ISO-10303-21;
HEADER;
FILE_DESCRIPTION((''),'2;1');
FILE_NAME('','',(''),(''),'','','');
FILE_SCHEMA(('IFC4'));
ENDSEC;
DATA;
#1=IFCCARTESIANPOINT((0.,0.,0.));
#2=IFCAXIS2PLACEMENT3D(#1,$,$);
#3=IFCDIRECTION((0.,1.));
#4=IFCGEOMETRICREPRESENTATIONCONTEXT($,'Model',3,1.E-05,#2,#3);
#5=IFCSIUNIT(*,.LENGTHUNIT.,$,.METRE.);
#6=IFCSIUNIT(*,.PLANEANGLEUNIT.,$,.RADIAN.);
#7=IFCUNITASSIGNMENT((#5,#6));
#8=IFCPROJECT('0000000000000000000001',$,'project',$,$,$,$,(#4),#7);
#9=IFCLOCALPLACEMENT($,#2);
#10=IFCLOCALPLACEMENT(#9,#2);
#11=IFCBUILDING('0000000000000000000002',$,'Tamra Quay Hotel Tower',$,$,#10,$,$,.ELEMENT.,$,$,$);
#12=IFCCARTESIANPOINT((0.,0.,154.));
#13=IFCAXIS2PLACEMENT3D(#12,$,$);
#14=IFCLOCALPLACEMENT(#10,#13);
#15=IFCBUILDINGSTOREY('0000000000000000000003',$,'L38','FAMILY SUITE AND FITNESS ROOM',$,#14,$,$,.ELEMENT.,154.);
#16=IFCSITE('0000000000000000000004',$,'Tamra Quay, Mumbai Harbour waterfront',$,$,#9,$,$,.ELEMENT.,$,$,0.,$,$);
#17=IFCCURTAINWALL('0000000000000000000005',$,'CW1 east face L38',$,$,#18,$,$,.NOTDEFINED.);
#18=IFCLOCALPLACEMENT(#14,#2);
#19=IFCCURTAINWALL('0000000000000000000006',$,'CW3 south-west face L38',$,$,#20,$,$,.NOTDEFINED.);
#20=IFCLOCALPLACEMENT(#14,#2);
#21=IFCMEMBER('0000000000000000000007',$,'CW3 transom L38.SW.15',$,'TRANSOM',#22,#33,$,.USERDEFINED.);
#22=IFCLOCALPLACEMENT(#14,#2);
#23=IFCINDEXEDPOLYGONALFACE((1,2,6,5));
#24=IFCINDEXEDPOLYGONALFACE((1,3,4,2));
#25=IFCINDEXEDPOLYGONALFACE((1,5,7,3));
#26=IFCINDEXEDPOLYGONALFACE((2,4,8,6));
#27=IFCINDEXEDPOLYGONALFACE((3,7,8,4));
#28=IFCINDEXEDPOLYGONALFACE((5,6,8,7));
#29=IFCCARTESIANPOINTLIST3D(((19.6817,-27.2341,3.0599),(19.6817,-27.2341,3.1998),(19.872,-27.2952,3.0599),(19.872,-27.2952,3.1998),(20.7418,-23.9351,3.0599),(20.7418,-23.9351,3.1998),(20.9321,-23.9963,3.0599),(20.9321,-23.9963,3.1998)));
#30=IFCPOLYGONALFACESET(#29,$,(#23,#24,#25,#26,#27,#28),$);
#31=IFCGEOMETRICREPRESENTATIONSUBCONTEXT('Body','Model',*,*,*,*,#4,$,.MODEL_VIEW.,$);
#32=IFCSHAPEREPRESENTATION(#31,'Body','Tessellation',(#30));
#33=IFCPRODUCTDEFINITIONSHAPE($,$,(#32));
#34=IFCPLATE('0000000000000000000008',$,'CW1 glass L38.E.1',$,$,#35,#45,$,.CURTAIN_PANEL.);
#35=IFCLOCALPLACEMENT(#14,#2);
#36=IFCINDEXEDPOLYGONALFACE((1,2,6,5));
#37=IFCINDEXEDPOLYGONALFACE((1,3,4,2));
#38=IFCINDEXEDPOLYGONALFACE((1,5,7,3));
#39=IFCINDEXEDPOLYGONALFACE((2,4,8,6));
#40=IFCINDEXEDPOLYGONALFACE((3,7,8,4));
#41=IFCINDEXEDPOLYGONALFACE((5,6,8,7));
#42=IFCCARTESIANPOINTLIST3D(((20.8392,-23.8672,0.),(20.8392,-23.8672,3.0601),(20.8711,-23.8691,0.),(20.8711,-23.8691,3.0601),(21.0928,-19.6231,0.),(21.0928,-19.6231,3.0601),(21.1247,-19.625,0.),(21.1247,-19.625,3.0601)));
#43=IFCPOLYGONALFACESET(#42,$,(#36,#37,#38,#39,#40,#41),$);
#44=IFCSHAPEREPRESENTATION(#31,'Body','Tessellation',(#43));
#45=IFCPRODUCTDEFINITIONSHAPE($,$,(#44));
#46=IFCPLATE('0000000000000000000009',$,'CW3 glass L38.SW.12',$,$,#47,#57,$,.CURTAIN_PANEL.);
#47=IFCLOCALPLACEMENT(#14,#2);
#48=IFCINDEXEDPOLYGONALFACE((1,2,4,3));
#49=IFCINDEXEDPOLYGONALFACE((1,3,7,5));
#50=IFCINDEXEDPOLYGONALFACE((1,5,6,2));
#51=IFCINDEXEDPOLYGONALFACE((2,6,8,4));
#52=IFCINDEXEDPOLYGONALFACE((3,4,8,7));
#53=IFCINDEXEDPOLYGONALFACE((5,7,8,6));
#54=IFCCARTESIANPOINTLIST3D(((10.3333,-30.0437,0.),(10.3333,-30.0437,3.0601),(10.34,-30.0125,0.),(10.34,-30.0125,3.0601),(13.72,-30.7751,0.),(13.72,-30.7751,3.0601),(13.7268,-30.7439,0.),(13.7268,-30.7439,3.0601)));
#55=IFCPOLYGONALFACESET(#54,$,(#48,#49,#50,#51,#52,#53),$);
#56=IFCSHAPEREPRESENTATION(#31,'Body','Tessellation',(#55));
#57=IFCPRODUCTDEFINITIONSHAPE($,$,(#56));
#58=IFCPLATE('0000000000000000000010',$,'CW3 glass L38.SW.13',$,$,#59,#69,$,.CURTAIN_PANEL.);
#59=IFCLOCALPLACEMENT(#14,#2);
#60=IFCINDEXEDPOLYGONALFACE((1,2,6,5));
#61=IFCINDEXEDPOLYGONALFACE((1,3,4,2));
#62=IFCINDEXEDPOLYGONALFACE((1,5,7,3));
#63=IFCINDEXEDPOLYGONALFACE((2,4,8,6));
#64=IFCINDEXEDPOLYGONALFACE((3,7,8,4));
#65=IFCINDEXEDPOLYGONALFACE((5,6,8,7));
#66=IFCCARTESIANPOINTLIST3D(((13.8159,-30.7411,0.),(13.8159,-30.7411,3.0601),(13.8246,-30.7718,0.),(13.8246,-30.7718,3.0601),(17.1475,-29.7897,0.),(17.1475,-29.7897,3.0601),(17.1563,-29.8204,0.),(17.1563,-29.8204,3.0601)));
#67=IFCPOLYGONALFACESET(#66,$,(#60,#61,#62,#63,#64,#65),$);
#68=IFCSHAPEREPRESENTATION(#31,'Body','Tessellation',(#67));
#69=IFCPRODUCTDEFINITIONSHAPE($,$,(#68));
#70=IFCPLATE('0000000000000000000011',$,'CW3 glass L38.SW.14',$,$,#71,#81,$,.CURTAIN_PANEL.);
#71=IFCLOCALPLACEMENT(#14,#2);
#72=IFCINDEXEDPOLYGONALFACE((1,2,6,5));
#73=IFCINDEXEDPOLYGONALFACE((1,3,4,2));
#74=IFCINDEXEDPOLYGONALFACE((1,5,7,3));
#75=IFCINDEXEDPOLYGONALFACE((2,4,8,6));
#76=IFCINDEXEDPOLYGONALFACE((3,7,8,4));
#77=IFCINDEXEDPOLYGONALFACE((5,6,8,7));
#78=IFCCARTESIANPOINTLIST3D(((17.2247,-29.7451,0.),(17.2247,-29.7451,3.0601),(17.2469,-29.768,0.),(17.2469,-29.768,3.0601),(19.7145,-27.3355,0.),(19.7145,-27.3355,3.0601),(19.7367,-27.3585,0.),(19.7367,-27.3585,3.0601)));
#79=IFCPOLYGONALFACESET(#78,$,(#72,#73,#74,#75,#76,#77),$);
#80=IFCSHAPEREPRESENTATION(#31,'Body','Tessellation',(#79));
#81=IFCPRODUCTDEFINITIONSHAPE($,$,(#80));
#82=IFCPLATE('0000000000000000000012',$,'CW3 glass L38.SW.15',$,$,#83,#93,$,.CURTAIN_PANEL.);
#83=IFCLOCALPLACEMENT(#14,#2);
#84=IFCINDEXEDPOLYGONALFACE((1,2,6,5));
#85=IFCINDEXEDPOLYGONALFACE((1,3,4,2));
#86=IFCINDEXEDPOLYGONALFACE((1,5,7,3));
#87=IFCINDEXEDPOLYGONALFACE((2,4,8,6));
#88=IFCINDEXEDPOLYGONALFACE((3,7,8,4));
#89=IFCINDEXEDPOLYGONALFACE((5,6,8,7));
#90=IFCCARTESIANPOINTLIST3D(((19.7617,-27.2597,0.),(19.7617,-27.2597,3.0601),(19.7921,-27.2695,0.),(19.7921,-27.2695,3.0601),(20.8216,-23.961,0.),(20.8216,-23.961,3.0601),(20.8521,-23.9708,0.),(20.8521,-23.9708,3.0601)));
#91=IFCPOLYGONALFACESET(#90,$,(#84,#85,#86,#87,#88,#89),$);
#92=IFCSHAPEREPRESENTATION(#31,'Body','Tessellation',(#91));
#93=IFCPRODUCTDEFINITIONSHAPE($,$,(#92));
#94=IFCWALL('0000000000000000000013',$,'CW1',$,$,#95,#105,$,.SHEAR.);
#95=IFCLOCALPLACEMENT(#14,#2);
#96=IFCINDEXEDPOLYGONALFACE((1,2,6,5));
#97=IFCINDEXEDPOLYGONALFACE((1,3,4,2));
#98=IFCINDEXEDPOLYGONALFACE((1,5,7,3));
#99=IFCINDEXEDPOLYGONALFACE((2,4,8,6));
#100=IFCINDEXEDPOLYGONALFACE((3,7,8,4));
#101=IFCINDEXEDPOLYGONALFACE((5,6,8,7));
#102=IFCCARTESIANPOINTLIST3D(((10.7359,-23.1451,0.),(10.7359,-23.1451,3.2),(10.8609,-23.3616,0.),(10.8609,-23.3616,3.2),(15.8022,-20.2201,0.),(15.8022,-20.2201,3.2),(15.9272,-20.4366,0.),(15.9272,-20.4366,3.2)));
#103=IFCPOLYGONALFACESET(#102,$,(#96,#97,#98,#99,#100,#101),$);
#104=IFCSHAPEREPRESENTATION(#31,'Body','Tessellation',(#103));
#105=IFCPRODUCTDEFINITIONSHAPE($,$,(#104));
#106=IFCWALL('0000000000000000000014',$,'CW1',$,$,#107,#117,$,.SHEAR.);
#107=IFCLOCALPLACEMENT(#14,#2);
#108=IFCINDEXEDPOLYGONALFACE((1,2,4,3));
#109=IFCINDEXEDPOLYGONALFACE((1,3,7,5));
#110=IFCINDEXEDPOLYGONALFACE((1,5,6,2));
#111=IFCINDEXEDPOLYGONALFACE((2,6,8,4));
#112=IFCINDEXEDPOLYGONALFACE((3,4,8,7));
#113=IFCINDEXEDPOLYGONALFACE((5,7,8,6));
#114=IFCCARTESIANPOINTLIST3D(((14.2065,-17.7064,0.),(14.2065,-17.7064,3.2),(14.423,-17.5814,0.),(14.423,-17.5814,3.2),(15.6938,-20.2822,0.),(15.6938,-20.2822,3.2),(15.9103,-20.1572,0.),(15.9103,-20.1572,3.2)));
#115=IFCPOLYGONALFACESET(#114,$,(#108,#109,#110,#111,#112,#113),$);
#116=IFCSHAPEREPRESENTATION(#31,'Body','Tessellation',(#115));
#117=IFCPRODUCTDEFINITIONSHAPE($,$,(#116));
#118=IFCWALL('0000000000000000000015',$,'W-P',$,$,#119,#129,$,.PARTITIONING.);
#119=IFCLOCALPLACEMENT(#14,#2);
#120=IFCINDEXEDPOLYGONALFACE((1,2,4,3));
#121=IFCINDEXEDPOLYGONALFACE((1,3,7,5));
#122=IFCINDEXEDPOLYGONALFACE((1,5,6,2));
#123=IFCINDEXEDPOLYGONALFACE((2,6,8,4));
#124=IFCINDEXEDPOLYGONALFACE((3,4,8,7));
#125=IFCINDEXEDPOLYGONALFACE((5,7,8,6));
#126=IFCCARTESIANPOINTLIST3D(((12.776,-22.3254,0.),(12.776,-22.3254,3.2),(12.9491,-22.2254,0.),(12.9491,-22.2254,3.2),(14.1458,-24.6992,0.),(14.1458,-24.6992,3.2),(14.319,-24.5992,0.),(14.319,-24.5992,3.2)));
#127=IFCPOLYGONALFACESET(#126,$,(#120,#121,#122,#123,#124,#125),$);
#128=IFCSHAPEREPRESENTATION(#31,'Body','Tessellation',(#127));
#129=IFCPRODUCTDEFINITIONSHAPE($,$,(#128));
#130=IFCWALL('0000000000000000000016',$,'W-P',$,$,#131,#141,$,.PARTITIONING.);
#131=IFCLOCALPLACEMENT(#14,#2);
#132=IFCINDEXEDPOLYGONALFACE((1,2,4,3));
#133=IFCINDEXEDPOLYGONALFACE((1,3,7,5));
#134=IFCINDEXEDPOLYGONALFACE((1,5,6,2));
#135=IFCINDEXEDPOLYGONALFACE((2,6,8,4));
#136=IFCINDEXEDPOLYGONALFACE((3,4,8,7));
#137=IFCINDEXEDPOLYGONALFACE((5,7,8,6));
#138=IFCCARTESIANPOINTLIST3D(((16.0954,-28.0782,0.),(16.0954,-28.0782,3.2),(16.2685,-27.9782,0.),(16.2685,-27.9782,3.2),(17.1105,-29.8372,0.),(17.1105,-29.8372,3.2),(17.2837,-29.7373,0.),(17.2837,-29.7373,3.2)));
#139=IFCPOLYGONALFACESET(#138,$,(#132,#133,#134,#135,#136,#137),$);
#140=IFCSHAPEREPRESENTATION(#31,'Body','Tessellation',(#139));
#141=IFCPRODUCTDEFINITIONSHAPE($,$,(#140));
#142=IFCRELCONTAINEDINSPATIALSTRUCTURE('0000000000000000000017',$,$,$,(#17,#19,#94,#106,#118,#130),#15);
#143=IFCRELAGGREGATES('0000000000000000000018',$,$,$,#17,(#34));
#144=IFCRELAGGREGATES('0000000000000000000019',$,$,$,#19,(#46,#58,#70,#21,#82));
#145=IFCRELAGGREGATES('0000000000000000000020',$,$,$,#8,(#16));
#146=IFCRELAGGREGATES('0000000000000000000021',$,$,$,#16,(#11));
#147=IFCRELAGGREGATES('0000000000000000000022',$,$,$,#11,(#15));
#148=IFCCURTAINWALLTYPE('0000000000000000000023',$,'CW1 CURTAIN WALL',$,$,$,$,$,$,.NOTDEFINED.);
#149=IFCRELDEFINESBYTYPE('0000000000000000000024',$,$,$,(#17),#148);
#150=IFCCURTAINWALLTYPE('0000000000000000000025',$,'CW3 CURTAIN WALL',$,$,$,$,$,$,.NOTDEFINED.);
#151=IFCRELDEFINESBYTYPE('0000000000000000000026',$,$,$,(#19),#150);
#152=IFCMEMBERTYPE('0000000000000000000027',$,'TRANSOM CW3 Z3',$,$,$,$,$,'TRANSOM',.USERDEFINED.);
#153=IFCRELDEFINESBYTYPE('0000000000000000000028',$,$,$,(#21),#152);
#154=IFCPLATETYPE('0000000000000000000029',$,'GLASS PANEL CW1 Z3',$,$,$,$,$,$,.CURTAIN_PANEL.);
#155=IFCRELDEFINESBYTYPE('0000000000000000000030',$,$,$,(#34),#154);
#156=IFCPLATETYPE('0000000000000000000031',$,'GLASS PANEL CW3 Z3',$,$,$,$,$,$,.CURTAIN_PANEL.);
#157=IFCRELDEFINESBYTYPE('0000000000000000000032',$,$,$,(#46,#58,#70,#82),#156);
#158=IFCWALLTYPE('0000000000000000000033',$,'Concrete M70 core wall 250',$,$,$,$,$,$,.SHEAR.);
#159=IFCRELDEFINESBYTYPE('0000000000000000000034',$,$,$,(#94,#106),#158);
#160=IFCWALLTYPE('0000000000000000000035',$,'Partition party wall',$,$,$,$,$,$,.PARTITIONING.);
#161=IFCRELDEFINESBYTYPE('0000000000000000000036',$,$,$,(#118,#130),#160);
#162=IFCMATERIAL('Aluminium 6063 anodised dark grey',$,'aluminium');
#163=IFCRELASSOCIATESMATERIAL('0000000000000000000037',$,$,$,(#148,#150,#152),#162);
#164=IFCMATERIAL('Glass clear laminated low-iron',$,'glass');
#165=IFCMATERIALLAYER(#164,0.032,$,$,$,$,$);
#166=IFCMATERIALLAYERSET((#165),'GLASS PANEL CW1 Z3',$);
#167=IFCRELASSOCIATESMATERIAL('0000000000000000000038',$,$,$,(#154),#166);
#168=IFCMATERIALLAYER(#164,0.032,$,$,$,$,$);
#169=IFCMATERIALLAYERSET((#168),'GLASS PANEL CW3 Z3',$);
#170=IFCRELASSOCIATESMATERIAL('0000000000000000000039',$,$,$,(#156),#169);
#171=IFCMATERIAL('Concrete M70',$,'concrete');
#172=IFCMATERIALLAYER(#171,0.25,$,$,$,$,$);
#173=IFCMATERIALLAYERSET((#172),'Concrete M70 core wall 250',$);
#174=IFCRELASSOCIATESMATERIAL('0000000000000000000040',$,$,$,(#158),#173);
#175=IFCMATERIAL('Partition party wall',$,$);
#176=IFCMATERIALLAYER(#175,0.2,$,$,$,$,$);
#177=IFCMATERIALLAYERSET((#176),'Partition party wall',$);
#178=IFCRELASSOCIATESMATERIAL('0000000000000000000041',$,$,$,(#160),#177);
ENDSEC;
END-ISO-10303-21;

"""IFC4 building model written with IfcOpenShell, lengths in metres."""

from ifc_helpers import new_model, si_unit, direction, frame, frame_2d, origin, origin_2d, place, context, subcontext, project, spatial, rectangle, extrude, material, layer, layer_set, material_profile, profile_set, type_object, element, aggregate, save


model = new_model("IFC4")

# Units and contexts
model_context = context("Model", 3, precision=1e-05, world=origin(), true_north=direction((0.0, 1.0)))
body_context = subcontext(model_context, "Body", "Model", "MODEL_VIEW")
ifc_project = project(units=[si_unit("LENGTHUNIT", "METRE"), si_unit("PLANEANGLEUNIT", "RADIAN")], contexts=[model_context])

# Site, building, storey
site_placement = place(None, origin())
site = spatial("IfcSite", under=ifc_project, at=site_placement, Name="Tamra Quay, Mumbai Harbour waterfront", CompositionType="ELEMENT", RefElevation=0.0)
building_placement = place(site_placement, origin())
building = spatial("IfcBuilding", under=site, at=building_placement, Name="Tamra Quay Hotel Tower", CompositionType="ELEMENT")
storey_placement = place(building_placement, frame((0.0, 0.0, 154.0)))
storey = spatial("IfcBuildingStorey", under=building, at=storey_placement, Name="L38", Description="FAMILY SUITE AND FITNESS ROOM", CompositionType="ELEMENT", Elevation=154.0)

# Shared definitions
ifc_material_1 = material(Name="Concrete M70", Category="concrete")

# Curtain wall
ifc_material_2 = material(Name="Aluminium 6063 anodised dark grey", Category="aluminium")
curtain_wall_type_1 = type_object("IfcCurtainWallType", Name="CW1 CURTAIN WALL", PredefinedType="NOTDEFINED", material=ifc_material_2)
curtain_wall_1_placement = place(storey_placement, origin())
curtain_wall_1 = element("IfcCurtainWall", 1, at=curtain_wall_1_placement, inside=storey, type_object=curtain_wall_type_1, Name="CW1 east face L38", PredefinedType="NOTDEFINED")

# Curtain wall
curtain_wall_type_2 = type_object("IfcCurtainWallType", Name="CW3 CURTAIN WALL", PredefinedType="NOTDEFINED", material=ifc_material_2)
curtain_wall_2_placement = place(storey_placement, origin())
curtain_wall_2 = element("IfcCurtainWall", 2, at=curtain_wall_2_placement, inside=storey, type_object=curtain_wall_type_2, Name="CW3 south-west face L38", PredefinedType="NOTDEFINED")

# Member
ifc_material_profile_1 = material_profile(ifc_material_2, rectangle(XDim=0.2, YDim=0.1399, at=origin_2d()), Name="TRANSOM 200X140")
ifc_profile_set_1 = profile_set([ifc_material_profile_1], Name="Aluminium 6063 anodised dark grey")
member_type_1 = type_object("IfcMemberType", Name="TRANSOM CW3 Z3", ElementType="TRANSOM", PredefinedType="USERDEFINED", material=ifc_profile_set_1)
member_1_placement = place(storey_placement, frame((19.7769, -27.2646, 3.1299), z_axis=(0.305936, 0.952052, 0.0), x_axis=(-0.952052, 0.305936, 0.0)))
member_1 = element("IfcMember", 3, at=member_1_placement, type_object=member_type_1, Name="CW3 transom L38.SW.15", ObjectType="TRANSOM", PredefinedType="USERDEFINED", context=body_context, shape_type="SweptSolid", body=[
    extrude(rectangle(XDim=0.2, YDim=0.1399, at=origin_2d()), origin(), (0.0, 0.0, 1.0), 3.4651),
])

# Plates
ifc_material_3 = material(Name="Glass clear laminated low-iron", Category="glass")
ifc_layer_1 = layer(ifc_material_3, 0.032)
ifc_layer_set_1 = layer_set([ifc_layer_1], Name="GLASS PANEL CW1 Z3")
plate_type_1 = type_object("IfcPlateType", Name="GLASS PANEL CW1 Z3", PredefinedType="CURTAIN_PANEL", material=ifc_layer_set_1)
plate_1_placement = place(storey_placement, frame((20.9819, -21.7461, 0.0), z_axis=(0.0, 0.0, 1.0), x_axis=(0.059642, 0.99822, 0.0)))
plate_1 = element("IfcPlate", 4, at=plate_1_placement, type_object=plate_type_1, Name="CW1 glass L38.E.1", PredefinedType="CURTAIN_PANEL", context=body_context, shape_type="SweptSolid", body=[
    extrude(rectangle(XDim=4.2517, YDim=0.032, at=origin_2d()), origin(), (0.0, 0.0, 1.0), 3.0601),
])
aggregate(curtain_wall_1, [plate_1])
ifc_layer_2 = layer(ifc_material_3, 0.032)
ifc_layer_set_2 = layer_set([ifc_layer_2], Name="GLASS PANEL CW3 Z3")
plate_type_2 = type_object("IfcPlateType", Name="GLASS PANEL CW3 Z3", PredefinedType="CURTAIN_PANEL", material=ifc_layer_set_2)
plate_2_placement = place(storey_placement, frame((12.03, -30.3938, 0.0), z_axis=(0.0, 0.0, 1.0), x_axis=(0.977465, -0.211099, 0.0)))
plate_2 = element("IfcPlate", 5, at=plate_2_placement, type_object=plate_type_2, Name="CW3 glass L38.SW.12", PredefinedType="CURTAIN_PANEL", context=body_context, shape_type="SweptSolid", body=[
    extrude(rectangle(XDim=3.4648, YDim=0.032, at=origin_2d()), origin(), (0.0, 0.0, 1.0), 3.0601),
])
plate_3_placement = place(storey_placement, frame((15.4861, -30.2808, 0.0), z_axis=(0.0, 0.0, 1.0), x_axis=(0.961561, 0.274593, 0.0)))
plate_3 = element("IfcPlate", 6, at=plate_3_placement, type_object=plate_type_2, Name="CW3 glass L38.SW.13", PredefinedType="CURTAIN_PANEL", context=body_context, shape_type="SweptSolid", body=[
    extrude(rectangle(XDim=3.4648, YDim=0.032, at=origin_2d()), origin(), (0.0, 0.0, 1.0), 3.0601),
])
plate_4_placement = place(storey_placement, frame((18.4807, -28.5518, 0.0), z_axis=(0.0, 0.0, 1.0), x_axis=(0.718584, 0.69544, 0.0)))
plate_4 = element("IfcPlate", 7, at=plate_4_placement, type_object=plate_type_2, Name="CW3 glass L38.SW.14", PredefinedType="CURTAIN_PANEL", context=body_context, shape_type="SweptSolid", body=[
    extrude(rectangle(XDim=3.4648, YDim=0.032, at=origin_2d()), origin(), (0.0, 0.0, 1.0), 3.0601),
])
plate_5_placement = place(storey_placement, frame((20.3069, -25.6152, 0.0), z_axis=(0.0, 0.0, 1.0), x_axis=(0.305915, 0.952059, 0.0)))
plate_5 = element("IfcPlate", 8, at=plate_5_placement, type_object=plate_type_2, Name="CW3 glass L38.SW.15", PredefinedType="CURTAIN_PANEL", context=body_context, shape_type="SweptSolid", body=[
    extrude(rectangle(XDim=3.4648, YDim=0.032, at=origin_2d()), origin(), (0.0, 0.0, 1.0), 3.0601),
])
aggregate(curtain_wall_2, [plate_2, plate_3, plate_4, member_1, plate_5])

# Walls
ifc_layer_3 = layer(ifc_material_1, 0.25)
ifc_layer_set_3 = layer_set([ifc_layer_3], Name="Concrete M70 core wall 250")
wall_type_1 = type_object("IfcWallType", Name="Concrete M70 core wall 250", PredefinedType="SHEAR", material=ifc_layer_set_3)
wall_1_placement = place(storey_placement, frame((15.8647, -20.3284, 0.0), z_axis=(0.0, 0.0, 1.0), x_axis=(-0.866029, -0.499995, 0.0)))
element("IfcWall", 9, at=wall_1_placement, inside=storey, type_object=wall_type_1, Name="CW1", PredefinedType="SHEAR", context=body_context, shape_type="SweptSolid", body=[
    extrude(rectangle(XDim=5.8501, YDim=0.25, at=frame_2d((2.925, 0.0))), origin(), (0.0, 0.0, 1.0), 3.2),
])
wall_2_placement = place(storey_placement, frame((14.3147, -17.6438, 0.0), z_axis=(0.0, 0.0, 1.0), x_axis=(0.500023, -0.866012, 0.0)))
element("IfcWall", 10, at=wall_2_placement, inside=storey, type_object=wall_type_1, Name="CW1", PredefinedType="SHEAR", context=body_context, shape_type="SweptSolid", body=[
    extrude(rectangle(XDim=2.9744, YDim=0.25, at=frame_2d((1.4873, 0.0))), origin(), (0.0, 0.0, 1.0), 3.2),
])
ifc_material_4 = material(Name="Partition party wall")
ifc_layer_4 = layer(ifc_material_4, 0.2)
ifc_layer_set_4 = layer_set([ifc_layer_4], Name="Partition party wall")
wall_type_2 = type_object("IfcWallType", Name="Partition party wall", PredefinedType="PARTITIONING", material=ifc_layer_set_4)
wall_3_placement = place(storey_placement, frame((12.8625, -22.2754, 0.0), z_axis=(0.0, 0.0, 1.0), x_axis=(0.499828, -0.866125, 0.0)))
element("IfcWall", 11, at=wall_3_placement, inside=storey, type_object=wall_type_2, Name="W-P", PredefinedType="PARTITIONING", context=body_context, shape_type="SweptSolid", body=[
    extrude(rectangle(XDim=2.7407, YDim=0.2, at=frame_2d((1.3704, 0.0))), origin(), (0.0, 0.0, 1.0), 3.2),
])
wall_4_placement = place(storey_placement, frame((16.1819, -28.0281, 0.0), z_axis=(0.0, 0.0, 1.0), x_axis=(0.499837, -0.86612, 0.0)))
element("IfcWall", 12, at=wall_4_placement, inside=storey, type_object=wall_type_2, Name="W-P", PredefinedType="PARTITIONING", context=body_context, shape_type="SweptSolid", body=[
    extrude(rectangle(XDim=2.031, YDim=0.2, at=frame_2d((1.0156, 0.0))), origin(), (0.0, 0.0, 1.0), 3.2),
])

save(model, "model.ifc")
